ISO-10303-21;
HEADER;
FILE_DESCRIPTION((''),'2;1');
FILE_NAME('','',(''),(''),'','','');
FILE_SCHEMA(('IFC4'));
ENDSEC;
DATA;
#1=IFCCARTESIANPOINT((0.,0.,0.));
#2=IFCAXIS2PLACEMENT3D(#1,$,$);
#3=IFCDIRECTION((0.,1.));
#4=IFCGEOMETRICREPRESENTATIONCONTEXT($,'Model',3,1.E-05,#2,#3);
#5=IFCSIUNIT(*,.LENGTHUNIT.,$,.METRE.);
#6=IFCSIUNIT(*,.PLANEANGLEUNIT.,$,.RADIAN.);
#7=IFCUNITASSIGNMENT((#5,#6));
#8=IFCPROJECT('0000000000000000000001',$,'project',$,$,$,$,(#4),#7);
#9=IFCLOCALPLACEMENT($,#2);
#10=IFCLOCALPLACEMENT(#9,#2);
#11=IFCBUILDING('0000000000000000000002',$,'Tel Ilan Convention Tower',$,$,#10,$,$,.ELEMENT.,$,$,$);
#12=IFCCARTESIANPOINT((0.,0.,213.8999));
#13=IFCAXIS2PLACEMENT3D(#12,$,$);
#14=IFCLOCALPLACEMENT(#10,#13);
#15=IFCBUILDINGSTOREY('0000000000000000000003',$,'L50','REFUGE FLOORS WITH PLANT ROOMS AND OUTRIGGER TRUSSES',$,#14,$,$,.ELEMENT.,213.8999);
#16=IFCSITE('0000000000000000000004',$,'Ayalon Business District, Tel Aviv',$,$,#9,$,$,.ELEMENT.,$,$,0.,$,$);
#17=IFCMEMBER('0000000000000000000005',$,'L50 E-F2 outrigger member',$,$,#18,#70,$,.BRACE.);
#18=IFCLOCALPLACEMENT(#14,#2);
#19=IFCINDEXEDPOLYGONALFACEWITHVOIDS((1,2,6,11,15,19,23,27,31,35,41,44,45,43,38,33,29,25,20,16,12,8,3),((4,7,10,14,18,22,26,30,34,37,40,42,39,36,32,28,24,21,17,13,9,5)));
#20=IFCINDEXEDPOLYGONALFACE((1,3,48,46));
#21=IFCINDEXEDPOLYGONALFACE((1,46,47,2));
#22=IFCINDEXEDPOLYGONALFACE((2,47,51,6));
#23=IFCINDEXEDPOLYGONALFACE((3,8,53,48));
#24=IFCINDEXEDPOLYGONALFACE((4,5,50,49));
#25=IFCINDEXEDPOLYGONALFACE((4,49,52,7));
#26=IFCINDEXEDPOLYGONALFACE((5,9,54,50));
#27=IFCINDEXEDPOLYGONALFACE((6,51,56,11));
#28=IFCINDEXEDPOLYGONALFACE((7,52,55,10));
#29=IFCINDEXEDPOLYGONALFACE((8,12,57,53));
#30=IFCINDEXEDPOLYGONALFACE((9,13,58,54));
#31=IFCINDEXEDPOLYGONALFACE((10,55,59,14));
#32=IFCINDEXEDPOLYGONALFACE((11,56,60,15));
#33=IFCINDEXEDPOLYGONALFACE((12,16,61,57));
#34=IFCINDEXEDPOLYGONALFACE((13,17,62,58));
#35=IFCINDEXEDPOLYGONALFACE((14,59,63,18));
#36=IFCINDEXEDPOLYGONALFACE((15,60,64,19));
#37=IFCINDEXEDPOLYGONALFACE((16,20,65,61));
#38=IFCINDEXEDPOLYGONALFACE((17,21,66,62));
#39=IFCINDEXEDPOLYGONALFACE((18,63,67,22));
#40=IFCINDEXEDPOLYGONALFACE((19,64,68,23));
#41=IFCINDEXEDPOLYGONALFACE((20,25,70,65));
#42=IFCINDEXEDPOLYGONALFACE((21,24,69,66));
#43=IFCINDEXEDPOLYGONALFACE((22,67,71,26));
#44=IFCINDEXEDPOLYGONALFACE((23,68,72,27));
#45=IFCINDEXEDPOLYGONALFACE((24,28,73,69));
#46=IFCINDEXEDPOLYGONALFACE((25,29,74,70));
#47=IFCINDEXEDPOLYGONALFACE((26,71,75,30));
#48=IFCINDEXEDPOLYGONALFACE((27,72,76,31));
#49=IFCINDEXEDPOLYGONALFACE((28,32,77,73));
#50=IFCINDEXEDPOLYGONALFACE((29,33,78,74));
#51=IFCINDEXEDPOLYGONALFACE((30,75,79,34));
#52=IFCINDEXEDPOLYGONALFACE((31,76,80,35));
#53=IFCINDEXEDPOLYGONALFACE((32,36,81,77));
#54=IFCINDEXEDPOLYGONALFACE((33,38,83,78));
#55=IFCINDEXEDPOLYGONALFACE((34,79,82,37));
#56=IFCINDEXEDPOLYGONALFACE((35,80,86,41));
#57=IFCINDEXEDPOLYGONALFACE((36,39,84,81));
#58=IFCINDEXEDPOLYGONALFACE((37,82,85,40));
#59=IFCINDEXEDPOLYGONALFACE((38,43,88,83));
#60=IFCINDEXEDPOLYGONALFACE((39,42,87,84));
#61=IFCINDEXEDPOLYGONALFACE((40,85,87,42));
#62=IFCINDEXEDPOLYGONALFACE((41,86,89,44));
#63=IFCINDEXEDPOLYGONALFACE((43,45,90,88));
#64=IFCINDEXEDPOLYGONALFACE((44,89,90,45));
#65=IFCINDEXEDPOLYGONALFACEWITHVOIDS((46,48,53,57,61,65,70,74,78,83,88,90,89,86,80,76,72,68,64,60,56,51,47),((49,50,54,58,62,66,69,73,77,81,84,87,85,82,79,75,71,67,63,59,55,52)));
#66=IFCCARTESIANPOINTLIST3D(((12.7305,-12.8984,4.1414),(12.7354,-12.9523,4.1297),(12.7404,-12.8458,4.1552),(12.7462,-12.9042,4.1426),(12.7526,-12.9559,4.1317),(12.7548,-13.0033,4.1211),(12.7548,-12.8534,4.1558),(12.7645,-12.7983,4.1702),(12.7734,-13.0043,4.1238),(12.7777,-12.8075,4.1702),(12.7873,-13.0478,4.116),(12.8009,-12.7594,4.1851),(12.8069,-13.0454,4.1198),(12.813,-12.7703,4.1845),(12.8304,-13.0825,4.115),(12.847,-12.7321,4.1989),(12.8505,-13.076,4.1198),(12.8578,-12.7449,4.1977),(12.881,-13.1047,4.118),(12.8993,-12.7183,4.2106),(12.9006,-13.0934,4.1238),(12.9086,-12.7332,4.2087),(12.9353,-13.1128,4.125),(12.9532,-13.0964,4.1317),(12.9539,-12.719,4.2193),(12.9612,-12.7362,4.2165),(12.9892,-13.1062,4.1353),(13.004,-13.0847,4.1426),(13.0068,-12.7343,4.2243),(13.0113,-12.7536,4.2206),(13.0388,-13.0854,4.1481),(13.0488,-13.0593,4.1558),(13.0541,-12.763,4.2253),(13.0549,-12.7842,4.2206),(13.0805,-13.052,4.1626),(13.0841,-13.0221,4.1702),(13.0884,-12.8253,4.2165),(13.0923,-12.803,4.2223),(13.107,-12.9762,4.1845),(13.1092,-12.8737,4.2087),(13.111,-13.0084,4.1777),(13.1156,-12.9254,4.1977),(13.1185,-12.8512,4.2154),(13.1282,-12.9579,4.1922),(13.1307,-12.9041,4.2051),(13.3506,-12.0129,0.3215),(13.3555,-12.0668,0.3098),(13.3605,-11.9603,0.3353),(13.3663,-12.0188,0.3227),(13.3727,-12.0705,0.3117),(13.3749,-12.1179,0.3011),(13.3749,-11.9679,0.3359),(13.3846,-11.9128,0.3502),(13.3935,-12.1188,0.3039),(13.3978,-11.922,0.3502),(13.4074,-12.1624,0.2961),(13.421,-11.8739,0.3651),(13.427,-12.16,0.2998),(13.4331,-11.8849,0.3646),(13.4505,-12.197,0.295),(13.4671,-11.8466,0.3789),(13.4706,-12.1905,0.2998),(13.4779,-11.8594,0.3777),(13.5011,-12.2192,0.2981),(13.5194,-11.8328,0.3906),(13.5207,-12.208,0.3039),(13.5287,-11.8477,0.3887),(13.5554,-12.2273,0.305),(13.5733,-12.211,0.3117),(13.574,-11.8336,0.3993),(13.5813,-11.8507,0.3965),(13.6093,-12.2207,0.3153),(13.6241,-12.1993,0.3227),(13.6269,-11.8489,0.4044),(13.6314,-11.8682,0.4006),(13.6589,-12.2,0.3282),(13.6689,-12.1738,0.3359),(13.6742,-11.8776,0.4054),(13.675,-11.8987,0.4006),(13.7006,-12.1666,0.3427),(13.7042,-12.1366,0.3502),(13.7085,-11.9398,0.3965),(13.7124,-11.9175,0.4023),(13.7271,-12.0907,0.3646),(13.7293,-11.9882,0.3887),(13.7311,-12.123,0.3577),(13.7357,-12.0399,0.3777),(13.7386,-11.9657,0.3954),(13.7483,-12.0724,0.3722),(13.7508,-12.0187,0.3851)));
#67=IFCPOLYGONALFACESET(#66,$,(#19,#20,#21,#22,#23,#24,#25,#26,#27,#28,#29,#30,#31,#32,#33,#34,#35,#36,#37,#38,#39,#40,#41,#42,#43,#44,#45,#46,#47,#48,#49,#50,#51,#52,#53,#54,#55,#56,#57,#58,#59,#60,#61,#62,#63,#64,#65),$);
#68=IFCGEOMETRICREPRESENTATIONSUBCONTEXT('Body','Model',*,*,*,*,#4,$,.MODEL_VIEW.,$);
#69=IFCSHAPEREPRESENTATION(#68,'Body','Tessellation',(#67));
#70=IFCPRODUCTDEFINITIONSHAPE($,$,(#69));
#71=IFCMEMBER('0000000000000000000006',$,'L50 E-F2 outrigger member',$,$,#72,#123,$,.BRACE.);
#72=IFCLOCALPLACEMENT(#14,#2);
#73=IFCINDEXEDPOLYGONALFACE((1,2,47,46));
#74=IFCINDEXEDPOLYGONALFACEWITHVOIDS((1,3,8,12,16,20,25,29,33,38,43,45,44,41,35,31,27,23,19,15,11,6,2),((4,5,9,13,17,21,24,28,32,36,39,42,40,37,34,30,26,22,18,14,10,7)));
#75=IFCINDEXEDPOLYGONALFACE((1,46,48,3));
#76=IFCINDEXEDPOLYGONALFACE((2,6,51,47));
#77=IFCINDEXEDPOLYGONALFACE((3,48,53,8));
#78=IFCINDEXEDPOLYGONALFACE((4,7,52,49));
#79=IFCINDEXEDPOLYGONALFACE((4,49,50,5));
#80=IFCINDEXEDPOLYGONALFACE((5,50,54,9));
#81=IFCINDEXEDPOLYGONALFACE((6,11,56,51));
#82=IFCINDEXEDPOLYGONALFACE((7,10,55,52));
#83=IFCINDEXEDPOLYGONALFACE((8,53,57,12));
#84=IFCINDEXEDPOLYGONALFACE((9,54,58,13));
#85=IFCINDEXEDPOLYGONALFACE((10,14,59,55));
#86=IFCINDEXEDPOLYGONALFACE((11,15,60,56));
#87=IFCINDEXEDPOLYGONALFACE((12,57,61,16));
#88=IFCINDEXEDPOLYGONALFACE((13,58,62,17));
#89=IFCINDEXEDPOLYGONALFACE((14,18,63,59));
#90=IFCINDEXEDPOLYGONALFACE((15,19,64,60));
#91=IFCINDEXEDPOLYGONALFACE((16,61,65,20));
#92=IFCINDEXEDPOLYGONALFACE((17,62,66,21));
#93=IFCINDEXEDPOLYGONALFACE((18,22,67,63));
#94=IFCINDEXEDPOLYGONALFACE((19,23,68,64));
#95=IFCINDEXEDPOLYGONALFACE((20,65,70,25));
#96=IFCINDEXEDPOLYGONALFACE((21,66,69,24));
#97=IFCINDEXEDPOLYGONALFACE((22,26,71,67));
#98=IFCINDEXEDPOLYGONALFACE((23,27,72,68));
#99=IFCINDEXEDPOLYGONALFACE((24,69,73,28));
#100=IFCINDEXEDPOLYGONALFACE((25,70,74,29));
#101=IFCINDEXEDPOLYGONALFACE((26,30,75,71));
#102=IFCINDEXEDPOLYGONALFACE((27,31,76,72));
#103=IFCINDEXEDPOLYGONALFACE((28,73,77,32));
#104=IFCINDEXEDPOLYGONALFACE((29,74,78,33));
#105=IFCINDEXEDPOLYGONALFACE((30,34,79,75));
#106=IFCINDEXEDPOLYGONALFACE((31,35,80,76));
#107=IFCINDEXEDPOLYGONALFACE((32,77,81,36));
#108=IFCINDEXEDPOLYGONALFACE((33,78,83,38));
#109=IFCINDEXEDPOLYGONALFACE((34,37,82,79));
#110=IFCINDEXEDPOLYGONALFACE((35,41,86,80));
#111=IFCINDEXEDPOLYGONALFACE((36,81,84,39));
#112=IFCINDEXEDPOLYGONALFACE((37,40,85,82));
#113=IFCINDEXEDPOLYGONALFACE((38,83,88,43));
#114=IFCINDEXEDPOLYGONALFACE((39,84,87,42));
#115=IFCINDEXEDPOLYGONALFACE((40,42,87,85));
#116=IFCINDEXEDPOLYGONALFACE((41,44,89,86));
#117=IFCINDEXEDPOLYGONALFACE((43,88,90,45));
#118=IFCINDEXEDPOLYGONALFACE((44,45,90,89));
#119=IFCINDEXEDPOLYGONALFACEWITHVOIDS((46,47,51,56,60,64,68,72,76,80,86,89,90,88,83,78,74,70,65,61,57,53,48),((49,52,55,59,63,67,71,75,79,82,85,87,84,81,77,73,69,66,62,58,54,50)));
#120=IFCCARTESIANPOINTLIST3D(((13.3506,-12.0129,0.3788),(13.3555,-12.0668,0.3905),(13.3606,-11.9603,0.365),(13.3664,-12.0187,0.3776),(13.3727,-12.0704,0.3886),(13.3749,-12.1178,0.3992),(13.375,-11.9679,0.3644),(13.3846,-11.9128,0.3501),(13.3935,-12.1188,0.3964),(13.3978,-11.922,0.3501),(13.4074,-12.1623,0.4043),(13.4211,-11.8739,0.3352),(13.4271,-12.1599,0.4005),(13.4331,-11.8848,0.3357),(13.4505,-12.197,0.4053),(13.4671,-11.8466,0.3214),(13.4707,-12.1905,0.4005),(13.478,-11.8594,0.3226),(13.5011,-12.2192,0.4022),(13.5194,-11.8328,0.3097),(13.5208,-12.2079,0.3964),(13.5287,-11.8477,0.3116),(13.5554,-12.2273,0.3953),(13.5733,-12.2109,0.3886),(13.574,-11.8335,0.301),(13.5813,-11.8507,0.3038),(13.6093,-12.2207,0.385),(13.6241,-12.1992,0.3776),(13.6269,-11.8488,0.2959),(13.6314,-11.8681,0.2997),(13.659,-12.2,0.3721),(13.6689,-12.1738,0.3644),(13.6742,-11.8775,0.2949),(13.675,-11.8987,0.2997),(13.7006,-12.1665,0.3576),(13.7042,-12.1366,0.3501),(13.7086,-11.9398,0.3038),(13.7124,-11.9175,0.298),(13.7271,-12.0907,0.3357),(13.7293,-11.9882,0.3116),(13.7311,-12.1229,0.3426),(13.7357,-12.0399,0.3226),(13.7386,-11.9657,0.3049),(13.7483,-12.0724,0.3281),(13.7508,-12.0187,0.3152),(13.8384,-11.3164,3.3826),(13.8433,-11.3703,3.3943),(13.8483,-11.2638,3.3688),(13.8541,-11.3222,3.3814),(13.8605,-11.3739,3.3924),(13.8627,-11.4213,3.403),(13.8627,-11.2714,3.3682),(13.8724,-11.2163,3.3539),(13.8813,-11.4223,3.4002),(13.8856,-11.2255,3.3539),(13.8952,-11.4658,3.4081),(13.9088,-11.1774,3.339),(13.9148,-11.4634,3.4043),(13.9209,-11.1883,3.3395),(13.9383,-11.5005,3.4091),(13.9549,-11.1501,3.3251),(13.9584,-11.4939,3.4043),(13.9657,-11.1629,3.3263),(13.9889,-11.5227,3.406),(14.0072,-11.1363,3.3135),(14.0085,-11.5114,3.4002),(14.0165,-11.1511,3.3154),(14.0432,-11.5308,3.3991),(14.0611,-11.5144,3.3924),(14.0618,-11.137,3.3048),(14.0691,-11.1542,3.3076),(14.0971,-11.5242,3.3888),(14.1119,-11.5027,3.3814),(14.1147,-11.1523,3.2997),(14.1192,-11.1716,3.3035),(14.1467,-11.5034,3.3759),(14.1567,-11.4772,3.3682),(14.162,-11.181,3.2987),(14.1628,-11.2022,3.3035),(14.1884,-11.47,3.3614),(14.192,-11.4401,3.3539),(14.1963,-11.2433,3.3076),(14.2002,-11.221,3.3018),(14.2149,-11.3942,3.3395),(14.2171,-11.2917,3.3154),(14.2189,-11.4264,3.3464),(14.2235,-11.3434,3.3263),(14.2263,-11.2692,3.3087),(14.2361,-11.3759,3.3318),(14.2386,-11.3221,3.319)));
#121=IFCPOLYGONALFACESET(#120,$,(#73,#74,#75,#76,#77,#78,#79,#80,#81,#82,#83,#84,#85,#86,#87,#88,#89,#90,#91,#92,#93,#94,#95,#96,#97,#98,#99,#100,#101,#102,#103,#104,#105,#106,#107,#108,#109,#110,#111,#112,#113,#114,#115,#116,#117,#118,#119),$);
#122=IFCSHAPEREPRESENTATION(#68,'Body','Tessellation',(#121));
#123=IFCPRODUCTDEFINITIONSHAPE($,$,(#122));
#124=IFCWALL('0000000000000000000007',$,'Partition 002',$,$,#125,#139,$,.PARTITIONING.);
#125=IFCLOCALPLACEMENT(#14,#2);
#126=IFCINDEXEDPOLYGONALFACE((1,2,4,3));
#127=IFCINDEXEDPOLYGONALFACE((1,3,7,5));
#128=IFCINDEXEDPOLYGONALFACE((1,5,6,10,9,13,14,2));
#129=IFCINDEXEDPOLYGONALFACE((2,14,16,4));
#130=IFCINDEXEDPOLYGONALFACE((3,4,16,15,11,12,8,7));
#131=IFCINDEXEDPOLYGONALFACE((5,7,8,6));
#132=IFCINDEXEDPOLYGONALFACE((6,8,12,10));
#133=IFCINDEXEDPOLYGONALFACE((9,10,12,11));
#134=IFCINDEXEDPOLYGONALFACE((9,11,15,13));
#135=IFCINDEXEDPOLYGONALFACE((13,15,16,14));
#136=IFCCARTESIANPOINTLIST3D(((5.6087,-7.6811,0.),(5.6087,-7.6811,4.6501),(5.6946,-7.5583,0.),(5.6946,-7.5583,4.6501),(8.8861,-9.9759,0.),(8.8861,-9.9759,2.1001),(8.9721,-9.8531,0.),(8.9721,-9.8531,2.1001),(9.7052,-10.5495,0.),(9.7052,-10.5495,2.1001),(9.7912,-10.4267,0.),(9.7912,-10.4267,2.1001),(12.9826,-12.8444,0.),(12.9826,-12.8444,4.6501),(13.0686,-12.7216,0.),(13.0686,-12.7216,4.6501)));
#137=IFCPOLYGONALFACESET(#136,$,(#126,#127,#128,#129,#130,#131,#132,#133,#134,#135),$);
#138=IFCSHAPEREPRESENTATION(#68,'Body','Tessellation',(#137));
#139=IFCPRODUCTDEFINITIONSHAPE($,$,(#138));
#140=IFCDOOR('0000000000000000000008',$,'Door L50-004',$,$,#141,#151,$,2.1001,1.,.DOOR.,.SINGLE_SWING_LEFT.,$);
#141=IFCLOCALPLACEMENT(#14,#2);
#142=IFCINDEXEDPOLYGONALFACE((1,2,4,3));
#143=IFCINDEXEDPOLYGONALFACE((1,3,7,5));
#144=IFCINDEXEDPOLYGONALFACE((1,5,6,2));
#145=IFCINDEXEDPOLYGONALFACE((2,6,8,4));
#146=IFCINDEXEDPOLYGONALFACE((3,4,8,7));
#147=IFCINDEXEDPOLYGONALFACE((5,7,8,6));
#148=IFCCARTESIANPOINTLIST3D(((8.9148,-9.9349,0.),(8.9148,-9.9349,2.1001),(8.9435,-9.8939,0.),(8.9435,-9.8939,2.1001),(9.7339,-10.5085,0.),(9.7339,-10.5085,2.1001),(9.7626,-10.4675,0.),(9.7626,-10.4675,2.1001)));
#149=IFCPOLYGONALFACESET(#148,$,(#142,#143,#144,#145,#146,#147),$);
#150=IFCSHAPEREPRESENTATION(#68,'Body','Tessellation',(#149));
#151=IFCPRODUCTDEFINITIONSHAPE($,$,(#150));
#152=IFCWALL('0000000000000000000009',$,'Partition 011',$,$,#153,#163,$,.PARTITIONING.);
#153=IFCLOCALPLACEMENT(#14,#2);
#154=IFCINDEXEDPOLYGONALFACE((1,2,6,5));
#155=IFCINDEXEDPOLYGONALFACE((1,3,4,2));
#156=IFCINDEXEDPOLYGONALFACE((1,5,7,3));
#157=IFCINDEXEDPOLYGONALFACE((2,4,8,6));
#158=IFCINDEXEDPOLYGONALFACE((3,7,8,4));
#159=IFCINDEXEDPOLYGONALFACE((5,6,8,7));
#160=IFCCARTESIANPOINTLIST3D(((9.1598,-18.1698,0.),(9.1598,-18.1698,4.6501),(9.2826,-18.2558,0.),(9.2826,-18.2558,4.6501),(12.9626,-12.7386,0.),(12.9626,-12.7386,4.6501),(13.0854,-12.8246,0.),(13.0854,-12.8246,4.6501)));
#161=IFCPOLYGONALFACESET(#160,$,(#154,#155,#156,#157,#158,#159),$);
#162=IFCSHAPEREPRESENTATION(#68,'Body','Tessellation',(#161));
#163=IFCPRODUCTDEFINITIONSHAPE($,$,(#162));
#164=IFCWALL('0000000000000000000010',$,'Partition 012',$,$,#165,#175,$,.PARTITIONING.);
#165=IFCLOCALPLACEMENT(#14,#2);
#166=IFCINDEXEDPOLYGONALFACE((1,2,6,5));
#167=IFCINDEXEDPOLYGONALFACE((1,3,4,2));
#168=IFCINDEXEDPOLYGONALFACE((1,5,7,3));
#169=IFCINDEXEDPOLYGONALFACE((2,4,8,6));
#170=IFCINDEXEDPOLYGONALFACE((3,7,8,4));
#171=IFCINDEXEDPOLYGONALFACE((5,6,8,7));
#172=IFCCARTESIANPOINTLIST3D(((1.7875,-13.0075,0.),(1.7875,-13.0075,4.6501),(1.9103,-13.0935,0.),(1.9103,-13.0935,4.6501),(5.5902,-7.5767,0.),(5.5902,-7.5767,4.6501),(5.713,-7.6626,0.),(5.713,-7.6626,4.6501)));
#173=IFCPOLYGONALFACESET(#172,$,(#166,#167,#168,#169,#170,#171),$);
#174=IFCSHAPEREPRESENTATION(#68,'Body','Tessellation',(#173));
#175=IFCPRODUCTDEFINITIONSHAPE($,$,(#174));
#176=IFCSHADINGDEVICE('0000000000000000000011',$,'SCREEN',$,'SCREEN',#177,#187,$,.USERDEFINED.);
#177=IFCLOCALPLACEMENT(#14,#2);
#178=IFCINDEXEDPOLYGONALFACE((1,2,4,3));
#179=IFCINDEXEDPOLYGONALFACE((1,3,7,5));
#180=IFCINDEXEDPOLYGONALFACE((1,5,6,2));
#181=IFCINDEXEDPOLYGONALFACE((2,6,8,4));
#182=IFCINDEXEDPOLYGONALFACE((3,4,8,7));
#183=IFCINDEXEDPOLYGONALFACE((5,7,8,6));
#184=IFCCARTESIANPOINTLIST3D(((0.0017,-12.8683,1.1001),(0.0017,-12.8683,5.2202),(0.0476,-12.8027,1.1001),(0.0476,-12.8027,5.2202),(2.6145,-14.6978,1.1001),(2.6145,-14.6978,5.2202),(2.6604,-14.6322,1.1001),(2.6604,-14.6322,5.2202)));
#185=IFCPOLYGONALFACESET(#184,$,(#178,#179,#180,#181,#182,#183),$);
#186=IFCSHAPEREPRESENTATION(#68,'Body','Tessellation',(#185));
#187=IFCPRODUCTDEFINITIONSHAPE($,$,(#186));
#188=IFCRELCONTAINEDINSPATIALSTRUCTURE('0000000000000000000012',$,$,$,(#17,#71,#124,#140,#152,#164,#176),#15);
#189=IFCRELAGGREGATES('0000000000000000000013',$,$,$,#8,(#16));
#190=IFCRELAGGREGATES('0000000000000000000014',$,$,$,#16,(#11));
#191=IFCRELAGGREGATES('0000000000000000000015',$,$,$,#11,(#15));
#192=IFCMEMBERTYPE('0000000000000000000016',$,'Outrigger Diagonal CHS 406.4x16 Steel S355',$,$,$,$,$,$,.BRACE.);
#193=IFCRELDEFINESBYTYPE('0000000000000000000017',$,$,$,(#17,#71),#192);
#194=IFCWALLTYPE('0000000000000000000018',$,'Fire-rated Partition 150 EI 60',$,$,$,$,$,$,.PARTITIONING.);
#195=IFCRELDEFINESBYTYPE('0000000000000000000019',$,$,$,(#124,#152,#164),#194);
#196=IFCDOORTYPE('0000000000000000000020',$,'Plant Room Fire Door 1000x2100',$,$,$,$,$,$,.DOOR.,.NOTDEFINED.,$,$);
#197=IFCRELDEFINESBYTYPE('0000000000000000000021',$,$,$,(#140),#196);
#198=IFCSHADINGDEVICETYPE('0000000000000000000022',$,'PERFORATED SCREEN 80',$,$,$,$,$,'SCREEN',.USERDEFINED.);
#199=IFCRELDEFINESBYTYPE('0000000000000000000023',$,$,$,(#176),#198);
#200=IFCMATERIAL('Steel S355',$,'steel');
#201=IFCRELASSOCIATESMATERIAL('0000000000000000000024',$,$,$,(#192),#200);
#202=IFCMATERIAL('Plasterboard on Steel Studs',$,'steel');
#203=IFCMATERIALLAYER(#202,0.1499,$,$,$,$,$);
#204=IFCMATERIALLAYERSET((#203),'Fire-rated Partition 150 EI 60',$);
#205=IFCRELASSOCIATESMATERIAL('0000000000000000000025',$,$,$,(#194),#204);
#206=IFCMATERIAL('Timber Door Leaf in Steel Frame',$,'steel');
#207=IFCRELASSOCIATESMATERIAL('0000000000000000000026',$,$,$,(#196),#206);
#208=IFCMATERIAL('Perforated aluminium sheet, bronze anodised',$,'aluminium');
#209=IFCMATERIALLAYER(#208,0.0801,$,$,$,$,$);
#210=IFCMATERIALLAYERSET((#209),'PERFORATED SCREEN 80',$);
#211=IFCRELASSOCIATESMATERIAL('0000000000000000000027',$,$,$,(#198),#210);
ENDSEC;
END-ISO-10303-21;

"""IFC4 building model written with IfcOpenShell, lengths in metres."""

from ifc_helpers import new_model, si_unit, direction, frame, frame_2d, origin, origin_2d, place, context, subcontext, project, spatial, rectangle, hollow_circle, extrude, material, layer, layer_set, material_profile, profile_set, type_object, element, fill, save


model = new_model("IFC4")

# Units and contexts
model_context = context("Model", 3, precision=1e-05, world=origin(), true_north=direction((0.0, 1.0)))
body_context = subcontext(model_context, "Body", "Model", "MODEL_VIEW")
ifc_project = project(units=[si_unit("LENGTHUNIT", "METRE"), si_unit("PLANEANGLEUNIT", "RADIAN")], contexts=[model_context])

# Site, building, storey
site_placement = place(None, origin())
site = spatial("IfcSite", under=ifc_project, at=site_placement, Name="Ayalon Business District, Tel Aviv", CompositionType="ELEMENT", RefElevation=0.0)
building_placement = place(site_placement, origin())
building = spatial("IfcBuilding", under=site, at=building_placement, Name="Tel Ilan Convention Tower", CompositionType="ELEMENT")
storey_placement = place(building_placement, frame((0.0, 0.0, 213.8999)))
storey = spatial("IfcBuildingStorey", under=building, at=storey_placement, Name="L50", Description="REFUGE FLOORS WITH PLANT ROOMS AND OUTRIGGER TRUSSES", CompositionType="ELEMENT", Elevation=213.8999)

# Members
ifc_material_1 = material(Name="Steel S355", Category="steel")
ifc_material_profile_1 = material_profile(ifc_material_1, hollow_circle(Radius=0.2031, WallThickness=0.0161, at=origin_2d()), Name="CHS 406.4x16")
ifc_profile_set_1 = profile_set([ifc_material_profile_1], Name="Steel S355")
member_type_1 = type_object("IfcMemberType", Name="Outrigger Diagonal CHS 406.4x16 Steel S355", PredefinedType="BRACE", material=ifc_profile_set_1)
member_1_placement = place(storey_placement, frame((12.9309, -12.9148, 4.1702), z_axis=(0.156197, 0.223043, -0.962213), x_axis=(-0.819115, 0.573629, 0.0)))
element("IfcMember", 1, at=member_1_placement, inside=storey, type_object=member_type_1, Name="L50 E-F2 outrigger member", PredefinedType="BRACE", context=body_context, shape_type="SweptSolid", body=[
    extrude(hollow_circle(Radius=0.2031, WallThickness=0.0161, at=origin_2d()), origin(), (0.0, 0.0, 1.0), 3.97),
])
member_2_placement = place(storey_placement, frame((13.551, -12.0293, 0.3501), z_axis=(0.156246, 0.223109, 0.96219), x_axis=(-0.819111, 0.573636, 0.0)))
element("IfcMember", 2, at=member_2_placement, inside=storey, type_object=member_type_1, Name="L50 E-F2 outrigger member", PredefinedType="BRACE", context=body_context, shape_type="SweptSolid", body=[
    extrude(hollow_circle(Radius=0.2031, WallThickness=0.0161, at=origin_2d()), origin(), (0.0, 0.0, 1.0), 3.1218),
])

# Wall, opening, door
ifc_material_2 = material(Name="Plasterboard on Steel Studs", Category="steel")
ifc_layer_1 = layer(ifc_material_2, 0.1499)
ifc_layer_set_1 = layer_set([ifc_layer_1], Name="Fire-rated Partition 150 EI 60")
wall_type = type_object("IfcWallType", Name="Fire-rated Partition 150 EI 60", PredefinedType="PARTITIONING", material=ifc_layer_set_1)
wall_1_placement = place(storey_placement, frame((13.0256, -12.783, 0.0), z_axis=(0.0, 0.0, 1.0), x_axis=(-0.819153, 0.573575, 0.0)))
wall_1 = element("IfcWall", 3, at=wall_1_placement, inside=storey, type_object=wall_type, Name="Partition 002", PredefinedType="PARTITIONING", context=body_context, shape_type="SweptSolid", body=[
    extrude(rectangle(XDim=9.002, YDim=0.1499, at=frame_2d((4.501, 0.0))), origin(), (0.0, 0.0, 1.0), 4.6501),
])
opening_placement = place(wall_1_placement, frame((4.001, 0.0, 0.0)))
opening = element("IfcOpeningElement", 4, at=opening_placement, cuts=wall_1, PredefinedType="OPENING", context=body_context, shape_type="SweptSolid", body=[
    extrude(rectangle(XDim=1.0, YDim=2.1001, at=frame_2d((0.5, 1.05))), frame((0.0, 0.085, 0.0), z_axis=(0.0, -1.0, 0.0), x_axis=(1.0, 0.0, 0.0)), (0.0, 0.0, 1.0), 0.1699),
])
ifc_material_3 = material(Name="Timber Door Leaf in Steel Frame", Category="steel")
door_type = type_object("IfcDoorType", Name="Plant Room Fire Door 1000x2100", OperationType="NOTDEFINED", PredefinedType="DOOR", material=ifc_material_3)
door_placement = place(opening_placement, origin())
door = element("IfcDoor", 5, at=door_placement, inside=storey, type_object=door_type, Name="Door L50-004", OperationType="SINGLE_SWING_LEFT", OverallHeight=2.1001, OverallWidth=1.0, PredefinedType="DOOR", context=body_context, shape_type="SweptSolid", body=[
    extrude(rectangle(XDim=1.0, YDim=2.1001, at=frame_2d((0.5, 1.05))), frame((0.0, 0.0249, 0.0), z_axis=(0.0, -1.0, 0.0), x_axis=(1.0, 0.0, 0.0)), (0.0, 0.0, 1.0), 0.05),
])
fill(opening, door)

# Walls
wall_2_placement = place(storey_placement, frame((13.0239, -12.7817, 0.0), z_axis=(0.0, 0.0, 1.0), x_axis=(-0.573556, -0.819166, 0.0)))
element("IfcWall", 6, at=wall_2_placement, inside=storey, type_object=wall_type, Name="Partition 011", PredefinedType="PARTITIONING", context=body_context, shape_type="SweptSolid", body=[
    extrude(rectangle(XDim=6.6301, YDim=0.1499, at=frame_2d((3.3149, 0.0))), origin(), (0.0, 0.0, 1.0), 4.6501),
])
wall_3_placement = place(storey_placement, frame((1.8489, -13.0505, 0.0), z_axis=(0.0, 0.0, 1.0), x_axis=(0.573574, 0.819154, 0.0)))
element("IfcWall", 7, at=wall_3_placement, inside=storey, type_object=wall_type, Name="Partition 012", PredefinedType="PARTITIONING", context=body_context, shape_type="SweptSolid", body=[
    extrude(rectangle(XDim=6.6299, YDim=0.1499, at=frame_2d((3.3149, 0.0))), origin(), (0.0, 0.0, 1.0), 4.6501),
])

# Shading device
ifc_material_4 = material(Name="Perforated aluminium sheet, bronze anodised", Category="aluminium")
ifc_layer_2 = layer(ifc_material_4, 0.0801)
ifc_layer_set_2 = layer_set([ifc_layer_2], Name="PERFORATED SCREEN 80")
shading_device_type_1 = type_object("IfcShadingDeviceType", Name="PERFORATED SCREEN 80", ElementType="SCREEN", PredefinedType="USERDEFINED", material=ifc_layer_set_2)
shading_device_1_placement = place(storey_placement, frame((1.3311, -13.7502, 1.1001), z_axis=(0.0, 0.0, 1.0), x_axis=(0.819152, -0.573576, 0.0)))
element("IfcShadingDevice", 8, at=shading_device_1_placement, inside=storey, type_object=shading_device_type_1, Name="SCREEN", ObjectType="SCREEN", PredefinedType="USERDEFINED", context=body_context, shape_type="SweptSolid", body=[
    extrude(rectangle(XDim=3.1897, YDim=0.0801, at=origin_2d()), origin(), (0.0, 0.0, 1.0), 4.1201),
])

save(model, "model.ifc")
